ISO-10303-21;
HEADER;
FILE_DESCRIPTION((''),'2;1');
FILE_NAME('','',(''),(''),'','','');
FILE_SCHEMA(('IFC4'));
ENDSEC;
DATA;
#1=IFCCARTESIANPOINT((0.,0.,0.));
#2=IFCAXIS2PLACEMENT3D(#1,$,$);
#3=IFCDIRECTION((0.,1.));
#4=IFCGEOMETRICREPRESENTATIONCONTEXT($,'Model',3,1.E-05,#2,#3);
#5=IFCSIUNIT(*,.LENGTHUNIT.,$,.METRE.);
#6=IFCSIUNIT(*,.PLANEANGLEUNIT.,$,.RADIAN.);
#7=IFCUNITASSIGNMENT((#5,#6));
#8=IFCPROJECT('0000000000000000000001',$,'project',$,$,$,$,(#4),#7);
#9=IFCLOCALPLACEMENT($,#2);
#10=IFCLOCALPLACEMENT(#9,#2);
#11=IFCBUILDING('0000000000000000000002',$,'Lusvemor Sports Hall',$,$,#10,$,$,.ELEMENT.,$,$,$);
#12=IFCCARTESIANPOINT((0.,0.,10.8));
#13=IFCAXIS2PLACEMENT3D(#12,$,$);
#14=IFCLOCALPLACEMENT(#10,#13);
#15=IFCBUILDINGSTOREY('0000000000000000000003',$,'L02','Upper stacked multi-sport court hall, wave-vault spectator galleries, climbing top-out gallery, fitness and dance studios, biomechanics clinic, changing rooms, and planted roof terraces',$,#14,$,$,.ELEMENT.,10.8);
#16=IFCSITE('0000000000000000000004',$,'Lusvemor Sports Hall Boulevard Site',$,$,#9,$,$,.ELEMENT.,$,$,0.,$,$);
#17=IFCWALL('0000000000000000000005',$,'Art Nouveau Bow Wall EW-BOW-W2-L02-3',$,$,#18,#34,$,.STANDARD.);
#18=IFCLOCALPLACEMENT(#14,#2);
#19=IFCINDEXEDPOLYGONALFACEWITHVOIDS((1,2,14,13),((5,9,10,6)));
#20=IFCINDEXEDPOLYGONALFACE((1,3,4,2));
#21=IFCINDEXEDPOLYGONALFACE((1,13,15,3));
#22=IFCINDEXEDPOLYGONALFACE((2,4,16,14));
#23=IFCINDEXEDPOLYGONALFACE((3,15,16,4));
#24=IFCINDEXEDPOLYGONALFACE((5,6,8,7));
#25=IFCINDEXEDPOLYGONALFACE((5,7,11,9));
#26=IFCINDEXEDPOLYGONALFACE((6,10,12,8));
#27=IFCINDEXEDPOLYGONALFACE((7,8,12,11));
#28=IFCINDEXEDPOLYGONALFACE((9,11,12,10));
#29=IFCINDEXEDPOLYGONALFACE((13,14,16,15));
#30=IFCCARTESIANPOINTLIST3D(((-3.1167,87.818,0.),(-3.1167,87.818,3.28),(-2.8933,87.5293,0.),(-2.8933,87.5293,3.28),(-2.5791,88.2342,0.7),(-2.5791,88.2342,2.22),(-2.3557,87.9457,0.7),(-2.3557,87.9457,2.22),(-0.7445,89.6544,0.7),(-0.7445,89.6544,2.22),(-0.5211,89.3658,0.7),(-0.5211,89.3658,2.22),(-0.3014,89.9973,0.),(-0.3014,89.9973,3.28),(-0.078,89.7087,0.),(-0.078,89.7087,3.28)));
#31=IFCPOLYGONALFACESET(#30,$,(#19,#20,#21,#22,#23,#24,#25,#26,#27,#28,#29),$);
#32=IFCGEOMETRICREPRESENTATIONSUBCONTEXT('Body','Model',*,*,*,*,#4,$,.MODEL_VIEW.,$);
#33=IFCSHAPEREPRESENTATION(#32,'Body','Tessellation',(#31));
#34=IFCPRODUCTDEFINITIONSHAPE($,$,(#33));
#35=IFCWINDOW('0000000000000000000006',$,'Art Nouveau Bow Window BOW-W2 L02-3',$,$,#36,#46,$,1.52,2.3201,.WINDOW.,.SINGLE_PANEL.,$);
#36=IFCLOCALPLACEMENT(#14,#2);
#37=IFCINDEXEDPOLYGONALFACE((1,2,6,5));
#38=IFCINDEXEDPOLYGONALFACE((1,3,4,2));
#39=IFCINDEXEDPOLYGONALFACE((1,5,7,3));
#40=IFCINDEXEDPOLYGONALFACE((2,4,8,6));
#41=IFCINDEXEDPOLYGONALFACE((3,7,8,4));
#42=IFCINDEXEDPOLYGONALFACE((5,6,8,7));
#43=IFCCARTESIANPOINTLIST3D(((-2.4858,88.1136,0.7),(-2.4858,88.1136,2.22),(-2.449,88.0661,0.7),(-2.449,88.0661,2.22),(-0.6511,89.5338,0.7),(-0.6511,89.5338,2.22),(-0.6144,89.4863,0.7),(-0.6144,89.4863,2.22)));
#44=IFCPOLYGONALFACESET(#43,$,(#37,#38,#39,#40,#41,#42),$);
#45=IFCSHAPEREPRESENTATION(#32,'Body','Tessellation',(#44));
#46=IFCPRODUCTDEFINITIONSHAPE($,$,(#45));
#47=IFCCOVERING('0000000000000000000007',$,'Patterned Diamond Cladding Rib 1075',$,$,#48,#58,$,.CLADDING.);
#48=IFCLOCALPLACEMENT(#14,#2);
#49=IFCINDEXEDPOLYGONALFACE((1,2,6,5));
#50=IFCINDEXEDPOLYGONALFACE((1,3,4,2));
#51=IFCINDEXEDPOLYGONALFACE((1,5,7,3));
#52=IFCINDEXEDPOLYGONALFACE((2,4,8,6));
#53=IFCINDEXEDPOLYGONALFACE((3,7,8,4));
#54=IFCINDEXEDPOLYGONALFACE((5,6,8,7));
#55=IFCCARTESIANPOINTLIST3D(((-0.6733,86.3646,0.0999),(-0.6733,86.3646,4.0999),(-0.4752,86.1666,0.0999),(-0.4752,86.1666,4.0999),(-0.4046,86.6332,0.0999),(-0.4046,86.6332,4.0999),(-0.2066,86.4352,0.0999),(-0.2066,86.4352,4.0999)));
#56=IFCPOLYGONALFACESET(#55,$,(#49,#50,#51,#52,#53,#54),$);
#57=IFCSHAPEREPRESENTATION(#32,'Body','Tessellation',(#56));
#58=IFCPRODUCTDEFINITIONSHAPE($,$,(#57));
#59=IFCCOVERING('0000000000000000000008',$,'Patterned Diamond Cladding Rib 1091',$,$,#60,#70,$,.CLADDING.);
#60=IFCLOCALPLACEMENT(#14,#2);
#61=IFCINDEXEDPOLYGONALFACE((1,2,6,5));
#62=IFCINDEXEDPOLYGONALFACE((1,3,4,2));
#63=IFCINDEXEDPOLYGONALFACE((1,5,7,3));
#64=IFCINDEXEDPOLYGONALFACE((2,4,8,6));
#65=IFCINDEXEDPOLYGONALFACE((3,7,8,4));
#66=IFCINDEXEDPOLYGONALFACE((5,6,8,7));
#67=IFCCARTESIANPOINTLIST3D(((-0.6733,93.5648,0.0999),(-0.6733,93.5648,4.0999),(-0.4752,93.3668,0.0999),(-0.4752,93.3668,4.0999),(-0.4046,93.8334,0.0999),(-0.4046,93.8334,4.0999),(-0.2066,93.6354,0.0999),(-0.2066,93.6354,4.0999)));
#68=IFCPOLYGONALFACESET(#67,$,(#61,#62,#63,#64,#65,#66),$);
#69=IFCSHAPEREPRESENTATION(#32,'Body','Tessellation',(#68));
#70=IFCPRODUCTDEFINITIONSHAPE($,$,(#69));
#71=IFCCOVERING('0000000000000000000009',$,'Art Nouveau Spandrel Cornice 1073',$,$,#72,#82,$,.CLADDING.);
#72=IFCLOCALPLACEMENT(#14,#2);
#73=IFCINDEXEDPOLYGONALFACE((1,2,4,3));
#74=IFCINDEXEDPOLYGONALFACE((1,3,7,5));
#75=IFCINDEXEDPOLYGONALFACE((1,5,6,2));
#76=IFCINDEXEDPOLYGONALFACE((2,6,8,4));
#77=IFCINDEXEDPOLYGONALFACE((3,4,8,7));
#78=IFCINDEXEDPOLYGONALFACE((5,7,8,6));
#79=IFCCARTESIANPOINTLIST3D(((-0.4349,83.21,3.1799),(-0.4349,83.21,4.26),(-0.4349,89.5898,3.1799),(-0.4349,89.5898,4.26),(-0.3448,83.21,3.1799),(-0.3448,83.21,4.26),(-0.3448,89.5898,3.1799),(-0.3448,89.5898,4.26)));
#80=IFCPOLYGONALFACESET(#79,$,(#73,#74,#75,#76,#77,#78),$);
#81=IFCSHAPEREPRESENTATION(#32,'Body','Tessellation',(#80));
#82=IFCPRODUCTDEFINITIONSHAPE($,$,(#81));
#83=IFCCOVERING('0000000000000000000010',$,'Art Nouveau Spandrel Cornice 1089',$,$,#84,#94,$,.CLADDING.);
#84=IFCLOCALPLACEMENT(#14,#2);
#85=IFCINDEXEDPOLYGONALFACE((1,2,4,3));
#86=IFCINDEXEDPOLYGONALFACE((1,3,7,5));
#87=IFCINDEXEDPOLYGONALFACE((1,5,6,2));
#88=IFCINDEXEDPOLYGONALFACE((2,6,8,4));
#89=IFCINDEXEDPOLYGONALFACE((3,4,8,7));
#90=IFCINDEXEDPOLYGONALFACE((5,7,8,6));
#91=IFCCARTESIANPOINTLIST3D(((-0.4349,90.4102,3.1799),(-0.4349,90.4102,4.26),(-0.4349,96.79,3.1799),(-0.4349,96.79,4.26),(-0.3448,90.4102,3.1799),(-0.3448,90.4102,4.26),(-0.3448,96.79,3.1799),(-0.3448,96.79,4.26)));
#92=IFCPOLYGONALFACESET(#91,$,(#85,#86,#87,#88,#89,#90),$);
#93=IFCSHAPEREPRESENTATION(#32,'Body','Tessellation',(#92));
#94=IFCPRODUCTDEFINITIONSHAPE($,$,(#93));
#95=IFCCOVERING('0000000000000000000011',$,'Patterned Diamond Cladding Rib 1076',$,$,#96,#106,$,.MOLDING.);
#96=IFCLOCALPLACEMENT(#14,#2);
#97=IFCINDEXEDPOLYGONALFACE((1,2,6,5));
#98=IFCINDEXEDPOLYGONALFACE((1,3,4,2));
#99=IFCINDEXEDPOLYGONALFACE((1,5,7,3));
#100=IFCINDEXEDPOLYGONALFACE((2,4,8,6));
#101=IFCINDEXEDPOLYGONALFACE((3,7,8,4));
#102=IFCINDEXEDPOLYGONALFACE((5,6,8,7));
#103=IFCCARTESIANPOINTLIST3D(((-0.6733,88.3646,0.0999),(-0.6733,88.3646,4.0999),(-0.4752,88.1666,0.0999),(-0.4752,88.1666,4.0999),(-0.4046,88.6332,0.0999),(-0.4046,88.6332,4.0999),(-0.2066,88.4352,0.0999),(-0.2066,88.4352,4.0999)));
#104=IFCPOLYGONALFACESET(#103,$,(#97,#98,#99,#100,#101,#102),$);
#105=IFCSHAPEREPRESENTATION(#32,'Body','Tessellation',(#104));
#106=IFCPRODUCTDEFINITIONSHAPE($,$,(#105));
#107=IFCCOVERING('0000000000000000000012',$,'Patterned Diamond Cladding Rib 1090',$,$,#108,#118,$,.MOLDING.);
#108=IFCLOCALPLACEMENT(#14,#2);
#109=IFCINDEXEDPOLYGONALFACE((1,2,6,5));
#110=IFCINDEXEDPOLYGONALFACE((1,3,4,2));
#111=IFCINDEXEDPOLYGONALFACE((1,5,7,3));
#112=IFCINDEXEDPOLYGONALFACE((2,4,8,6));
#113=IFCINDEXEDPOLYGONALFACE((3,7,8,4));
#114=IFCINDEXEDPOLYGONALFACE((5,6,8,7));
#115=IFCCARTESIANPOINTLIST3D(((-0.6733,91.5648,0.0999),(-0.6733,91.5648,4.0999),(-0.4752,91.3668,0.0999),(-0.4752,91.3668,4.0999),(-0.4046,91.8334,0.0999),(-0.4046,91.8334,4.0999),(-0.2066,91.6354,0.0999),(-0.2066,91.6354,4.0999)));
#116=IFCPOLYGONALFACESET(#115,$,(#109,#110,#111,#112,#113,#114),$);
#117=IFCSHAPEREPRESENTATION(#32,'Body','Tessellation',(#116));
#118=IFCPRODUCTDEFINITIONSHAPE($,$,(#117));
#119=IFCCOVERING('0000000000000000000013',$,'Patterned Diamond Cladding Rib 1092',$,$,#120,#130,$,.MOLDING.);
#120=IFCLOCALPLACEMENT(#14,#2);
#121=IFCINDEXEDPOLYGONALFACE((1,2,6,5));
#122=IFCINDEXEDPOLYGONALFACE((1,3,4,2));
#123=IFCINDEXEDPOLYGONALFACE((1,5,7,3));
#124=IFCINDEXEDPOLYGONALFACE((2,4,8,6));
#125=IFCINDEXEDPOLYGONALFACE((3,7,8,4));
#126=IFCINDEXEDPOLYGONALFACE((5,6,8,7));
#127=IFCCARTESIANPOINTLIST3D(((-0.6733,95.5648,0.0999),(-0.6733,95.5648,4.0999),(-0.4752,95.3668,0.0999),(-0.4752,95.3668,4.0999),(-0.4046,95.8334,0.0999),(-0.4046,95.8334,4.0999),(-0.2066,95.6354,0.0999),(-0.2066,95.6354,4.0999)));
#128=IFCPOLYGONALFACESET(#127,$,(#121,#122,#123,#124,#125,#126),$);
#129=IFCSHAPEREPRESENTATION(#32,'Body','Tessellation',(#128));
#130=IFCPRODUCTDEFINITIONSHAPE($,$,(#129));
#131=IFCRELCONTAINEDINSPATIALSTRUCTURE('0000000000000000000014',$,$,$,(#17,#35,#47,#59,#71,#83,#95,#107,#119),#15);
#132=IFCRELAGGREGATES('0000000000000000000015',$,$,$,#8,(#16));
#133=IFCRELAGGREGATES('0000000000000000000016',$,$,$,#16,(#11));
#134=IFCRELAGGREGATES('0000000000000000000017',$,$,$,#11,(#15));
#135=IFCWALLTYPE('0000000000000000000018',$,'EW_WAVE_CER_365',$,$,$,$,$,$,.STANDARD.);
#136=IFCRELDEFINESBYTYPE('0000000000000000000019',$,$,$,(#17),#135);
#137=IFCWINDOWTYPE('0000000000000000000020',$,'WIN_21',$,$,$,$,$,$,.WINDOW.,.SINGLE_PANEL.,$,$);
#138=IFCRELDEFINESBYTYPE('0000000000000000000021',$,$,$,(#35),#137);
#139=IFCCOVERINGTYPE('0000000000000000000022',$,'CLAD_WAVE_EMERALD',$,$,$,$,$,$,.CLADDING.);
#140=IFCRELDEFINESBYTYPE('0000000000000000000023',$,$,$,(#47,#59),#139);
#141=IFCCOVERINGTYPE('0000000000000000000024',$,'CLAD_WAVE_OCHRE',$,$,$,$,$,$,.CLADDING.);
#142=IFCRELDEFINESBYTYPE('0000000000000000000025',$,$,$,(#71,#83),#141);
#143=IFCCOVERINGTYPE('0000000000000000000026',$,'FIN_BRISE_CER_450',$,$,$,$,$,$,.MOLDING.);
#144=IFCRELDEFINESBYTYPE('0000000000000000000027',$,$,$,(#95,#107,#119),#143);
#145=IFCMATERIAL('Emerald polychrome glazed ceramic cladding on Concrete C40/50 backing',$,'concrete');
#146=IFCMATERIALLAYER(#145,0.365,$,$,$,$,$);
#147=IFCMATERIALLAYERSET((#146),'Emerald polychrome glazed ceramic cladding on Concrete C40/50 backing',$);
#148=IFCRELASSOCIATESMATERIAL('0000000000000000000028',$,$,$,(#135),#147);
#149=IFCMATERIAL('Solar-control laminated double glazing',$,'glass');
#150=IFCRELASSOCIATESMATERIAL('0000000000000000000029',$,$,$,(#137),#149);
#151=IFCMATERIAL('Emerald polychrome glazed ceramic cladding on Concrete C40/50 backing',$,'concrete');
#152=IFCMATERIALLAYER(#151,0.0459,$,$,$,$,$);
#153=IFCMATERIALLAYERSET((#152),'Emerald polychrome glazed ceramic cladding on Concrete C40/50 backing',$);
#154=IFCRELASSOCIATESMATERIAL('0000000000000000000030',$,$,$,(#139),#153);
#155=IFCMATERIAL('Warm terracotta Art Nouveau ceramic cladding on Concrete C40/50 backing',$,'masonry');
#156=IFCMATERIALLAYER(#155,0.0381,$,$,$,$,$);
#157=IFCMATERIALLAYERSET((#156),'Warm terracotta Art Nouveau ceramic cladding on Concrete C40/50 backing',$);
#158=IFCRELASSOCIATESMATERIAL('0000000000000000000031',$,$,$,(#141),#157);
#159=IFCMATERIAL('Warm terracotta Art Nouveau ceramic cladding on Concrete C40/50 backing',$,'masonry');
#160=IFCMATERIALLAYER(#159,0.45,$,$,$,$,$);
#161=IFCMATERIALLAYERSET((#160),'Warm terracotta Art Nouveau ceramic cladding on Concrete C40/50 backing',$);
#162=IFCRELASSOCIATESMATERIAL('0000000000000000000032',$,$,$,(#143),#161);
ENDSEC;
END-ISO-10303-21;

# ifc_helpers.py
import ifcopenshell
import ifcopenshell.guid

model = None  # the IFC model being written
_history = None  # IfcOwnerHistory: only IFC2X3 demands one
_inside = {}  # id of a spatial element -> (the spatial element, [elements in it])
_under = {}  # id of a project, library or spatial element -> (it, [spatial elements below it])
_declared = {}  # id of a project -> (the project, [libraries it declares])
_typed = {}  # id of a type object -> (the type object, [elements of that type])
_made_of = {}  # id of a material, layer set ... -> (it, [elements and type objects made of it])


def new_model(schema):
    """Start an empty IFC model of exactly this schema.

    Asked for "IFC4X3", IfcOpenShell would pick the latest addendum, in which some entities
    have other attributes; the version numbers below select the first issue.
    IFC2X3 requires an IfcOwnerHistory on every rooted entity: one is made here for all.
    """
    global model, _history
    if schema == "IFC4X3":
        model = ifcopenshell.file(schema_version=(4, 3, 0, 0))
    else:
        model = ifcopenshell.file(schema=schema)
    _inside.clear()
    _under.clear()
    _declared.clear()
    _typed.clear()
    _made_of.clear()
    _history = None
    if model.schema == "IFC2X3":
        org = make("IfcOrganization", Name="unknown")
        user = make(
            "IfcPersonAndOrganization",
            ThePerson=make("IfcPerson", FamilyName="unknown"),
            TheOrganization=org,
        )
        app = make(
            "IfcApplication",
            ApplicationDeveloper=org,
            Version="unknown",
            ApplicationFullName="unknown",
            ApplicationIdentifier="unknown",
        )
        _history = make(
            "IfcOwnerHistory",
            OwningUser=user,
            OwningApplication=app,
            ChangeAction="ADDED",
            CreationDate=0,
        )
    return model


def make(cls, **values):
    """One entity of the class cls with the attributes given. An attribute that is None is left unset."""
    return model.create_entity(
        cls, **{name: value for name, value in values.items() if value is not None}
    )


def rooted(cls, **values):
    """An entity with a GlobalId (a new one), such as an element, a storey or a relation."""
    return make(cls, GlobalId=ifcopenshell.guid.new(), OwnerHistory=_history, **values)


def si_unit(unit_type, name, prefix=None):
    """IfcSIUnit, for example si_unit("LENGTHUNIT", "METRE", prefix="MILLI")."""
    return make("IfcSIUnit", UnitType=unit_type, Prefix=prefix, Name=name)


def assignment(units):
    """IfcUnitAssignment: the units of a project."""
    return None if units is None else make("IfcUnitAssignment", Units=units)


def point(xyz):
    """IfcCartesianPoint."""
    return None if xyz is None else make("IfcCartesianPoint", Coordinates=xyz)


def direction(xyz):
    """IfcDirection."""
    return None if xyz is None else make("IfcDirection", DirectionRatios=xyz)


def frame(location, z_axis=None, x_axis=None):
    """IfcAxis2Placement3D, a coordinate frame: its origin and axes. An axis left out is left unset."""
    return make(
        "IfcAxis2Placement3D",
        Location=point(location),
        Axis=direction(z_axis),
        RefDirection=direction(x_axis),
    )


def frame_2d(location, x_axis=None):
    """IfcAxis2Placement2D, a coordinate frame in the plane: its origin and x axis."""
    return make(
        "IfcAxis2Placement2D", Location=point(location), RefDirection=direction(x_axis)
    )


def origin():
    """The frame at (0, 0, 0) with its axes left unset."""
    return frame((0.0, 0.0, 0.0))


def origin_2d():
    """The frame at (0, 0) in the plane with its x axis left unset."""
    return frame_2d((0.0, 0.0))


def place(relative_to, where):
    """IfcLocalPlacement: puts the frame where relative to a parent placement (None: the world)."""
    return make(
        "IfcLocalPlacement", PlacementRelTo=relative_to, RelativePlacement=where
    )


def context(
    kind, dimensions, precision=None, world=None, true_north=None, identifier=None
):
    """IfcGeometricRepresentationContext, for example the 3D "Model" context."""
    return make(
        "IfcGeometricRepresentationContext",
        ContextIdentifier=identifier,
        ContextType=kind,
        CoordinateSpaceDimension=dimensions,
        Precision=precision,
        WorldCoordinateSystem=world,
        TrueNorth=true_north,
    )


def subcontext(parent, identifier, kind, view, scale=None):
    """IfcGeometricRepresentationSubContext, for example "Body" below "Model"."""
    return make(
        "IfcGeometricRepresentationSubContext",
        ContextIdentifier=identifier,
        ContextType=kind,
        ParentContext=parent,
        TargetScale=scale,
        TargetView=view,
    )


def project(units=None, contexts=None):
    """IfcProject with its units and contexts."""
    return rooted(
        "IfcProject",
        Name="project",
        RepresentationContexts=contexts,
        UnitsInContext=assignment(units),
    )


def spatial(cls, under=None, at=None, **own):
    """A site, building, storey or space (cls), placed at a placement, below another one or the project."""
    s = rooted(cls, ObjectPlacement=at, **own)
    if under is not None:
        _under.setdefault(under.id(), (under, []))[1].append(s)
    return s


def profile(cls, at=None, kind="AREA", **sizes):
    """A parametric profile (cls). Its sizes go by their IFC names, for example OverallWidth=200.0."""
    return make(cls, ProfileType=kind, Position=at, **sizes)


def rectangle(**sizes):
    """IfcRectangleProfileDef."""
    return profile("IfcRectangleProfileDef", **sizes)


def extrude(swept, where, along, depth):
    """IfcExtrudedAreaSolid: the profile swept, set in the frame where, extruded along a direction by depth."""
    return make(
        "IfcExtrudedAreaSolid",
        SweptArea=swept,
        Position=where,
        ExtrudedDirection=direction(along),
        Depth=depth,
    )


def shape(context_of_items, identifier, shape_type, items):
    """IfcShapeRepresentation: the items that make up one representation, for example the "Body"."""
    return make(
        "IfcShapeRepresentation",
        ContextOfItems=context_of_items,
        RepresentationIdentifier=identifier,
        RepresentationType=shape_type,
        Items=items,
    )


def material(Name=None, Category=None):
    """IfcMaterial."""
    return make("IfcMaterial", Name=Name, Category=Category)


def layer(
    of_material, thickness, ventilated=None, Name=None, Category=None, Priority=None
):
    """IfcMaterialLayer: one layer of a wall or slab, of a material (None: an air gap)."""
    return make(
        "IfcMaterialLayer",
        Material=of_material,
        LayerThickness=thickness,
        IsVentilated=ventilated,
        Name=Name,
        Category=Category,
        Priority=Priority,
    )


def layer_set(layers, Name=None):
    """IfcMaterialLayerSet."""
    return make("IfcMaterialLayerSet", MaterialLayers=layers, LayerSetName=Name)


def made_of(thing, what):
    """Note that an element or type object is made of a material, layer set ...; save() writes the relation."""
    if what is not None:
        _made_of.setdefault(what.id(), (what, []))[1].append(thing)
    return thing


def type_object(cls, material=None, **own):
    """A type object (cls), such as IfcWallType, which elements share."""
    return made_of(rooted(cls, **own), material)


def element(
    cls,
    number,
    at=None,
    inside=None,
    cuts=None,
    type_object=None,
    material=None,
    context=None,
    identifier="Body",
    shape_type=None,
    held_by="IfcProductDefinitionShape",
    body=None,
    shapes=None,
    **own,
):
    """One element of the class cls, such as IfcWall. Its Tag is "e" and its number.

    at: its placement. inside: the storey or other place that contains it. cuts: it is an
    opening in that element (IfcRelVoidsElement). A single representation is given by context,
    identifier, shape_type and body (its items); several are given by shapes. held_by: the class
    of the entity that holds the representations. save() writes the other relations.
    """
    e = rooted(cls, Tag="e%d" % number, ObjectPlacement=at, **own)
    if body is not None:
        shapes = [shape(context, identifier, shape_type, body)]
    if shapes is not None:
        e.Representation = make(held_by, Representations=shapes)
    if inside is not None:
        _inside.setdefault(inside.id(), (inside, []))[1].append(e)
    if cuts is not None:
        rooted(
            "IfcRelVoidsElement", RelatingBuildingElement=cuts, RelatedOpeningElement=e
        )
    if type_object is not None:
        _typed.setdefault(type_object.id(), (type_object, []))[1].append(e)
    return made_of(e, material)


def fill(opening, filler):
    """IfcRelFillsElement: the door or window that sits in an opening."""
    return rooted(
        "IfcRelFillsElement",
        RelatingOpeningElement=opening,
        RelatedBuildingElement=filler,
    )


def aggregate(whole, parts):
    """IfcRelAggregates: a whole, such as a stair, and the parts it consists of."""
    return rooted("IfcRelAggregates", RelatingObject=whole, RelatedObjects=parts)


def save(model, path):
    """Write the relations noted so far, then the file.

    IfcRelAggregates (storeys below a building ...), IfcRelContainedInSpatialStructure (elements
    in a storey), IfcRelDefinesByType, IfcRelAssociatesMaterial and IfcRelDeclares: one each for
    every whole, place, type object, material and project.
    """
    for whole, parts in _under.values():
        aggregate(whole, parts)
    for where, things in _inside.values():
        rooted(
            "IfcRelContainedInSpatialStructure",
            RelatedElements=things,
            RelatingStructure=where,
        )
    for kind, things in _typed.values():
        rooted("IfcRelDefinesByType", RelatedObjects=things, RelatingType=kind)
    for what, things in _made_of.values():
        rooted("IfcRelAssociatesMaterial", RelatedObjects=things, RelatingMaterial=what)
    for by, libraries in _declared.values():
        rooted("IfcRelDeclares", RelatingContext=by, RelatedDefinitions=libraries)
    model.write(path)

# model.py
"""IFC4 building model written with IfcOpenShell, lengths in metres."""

from ifc_helpers import new_model, si_unit, direction, frame, frame_2d, origin, origin_2d, place, context, subcontext, project, spatial, rectangle, extrude, material, layer, layer_set, type_object, element, fill, save


model = new_model("IFC4")

# Units and contexts
model_context = context("Model", 3, precision=1e-05, world=origin(), true_north=direction((0.0, 1.0)))
body_context = subcontext(model_context, "Body", "Model", "MODEL_VIEW")
ifc_project = project(units=[si_unit("LENGTHUNIT", "METRE"), si_unit("PLANEANGLEUNIT", "RADIAN")], contexts=[model_context])

# Site, building, storey
site_placement = place(None, origin())
site = spatial("IfcSite", under=ifc_project, at=site_placement, Name="Lusvemor Sports Hall Boulevard Site", CompositionType="ELEMENT", RefElevation=0.0)
building_placement = place(site_placement, origin())
building = spatial("IfcBuilding", under=site, at=building_placement, Name="Lusvemor Sports Hall", CompositionType="ELEMENT")
storey_placement = place(building_placement, frame((0.0, 0.0, 10.8)))
storey = spatial("IfcBuildingStorey", under=building, at=storey_placement, Name="L02", Description="Upper stacked multi-sport court hall, wave-vault spectator galleries, climbing top-out gallery, fitness and dance studios, biomechanics clinic, changing rooms, and planted roof terraces", CompositionType="ELEMENT", Elevation=10.8)

# Wall, opening, window
ifc_material_1 = material(Name="Emerald polychrome glazed ceramic cladding on Concrete C40/50 backing", Category="concrete")
ifc_layer_1 = layer(ifc_material_1, 0.365)
ifc_layer_set_1 = layer_set([ifc_layer_1], Name="Emerald polychrome glazed ceramic cladding on Concrete C40/50 backing")
wall_type = type_object("IfcWallType", Name="EW_WAVE_CER_365", PredefinedType="STANDARD", material=ifc_layer_set_1)
wall_placement = place(storey_placement, frame((-3.0051, 87.6736, 0.0), z_axis=(0.0, 0.0, 1.0), x_axis=(0.790757, 0.61213, 0.0)))
wall = element("IfcWall", 1, at=wall_placement, inside=storey, type_object=wall_type, Name="Art Nouveau Bow Wall EW-BOW-W2-L02-3", PredefinedType="STANDARD", context=body_context, shape_type="SweptSolid", body=[
    extrude(rectangle(XDim=3.5603, YDim=0.365, at=frame_2d((1.7803, 0.0))), origin(), (0.0, 0.0, 1.0), 3.28),
])
opening_placement = place(wall_placement, frame((0.6799, 0.0, 0.7)))
opening = element("IfcOpeningElement", 2, at=opening_placement, cuts=wall, PredefinedType="OPENING", context=body_context, shape_type="SweptSolid", body=[
    extrude(rectangle(XDim=2.3201, YDim=1.52, at=frame_2d((1.1602, 0.76))), frame((0.0, 0.1826, 0.0), z_axis=(0.0, -1.0, 0.0), x_axis=(1.0, 0.0, 0.0)), (0.0, 0.0, 1.0), 0.365),
])
ifc_material_2 = material(Name="Solar-control laminated double glazing", Category="glass")
window_type = type_object("IfcWindowType", Name="WIN_21", PartitioningType="SINGLE_PANEL", PredefinedType="WINDOW", material=ifc_material_2)
window_placement = place(opening_placement, origin())
window = element("IfcWindow", 3, at=window_placement, inside=storey, type_object=window_type, Name="Art Nouveau Bow Window BOW-W2 L02-3", OverallHeight=1.52, OverallWidth=2.3201, PartitioningType="SINGLE_PANEL", PredefinedType="WINDOW", context=body_context, shape_type="SweptSolid", body=[
    extrude(rectangle(XDim=2.3201, YDim=1.52, at=frame_2d((1.1602, 0.76))), frame((0.0, 0.03, 0.0), z_axis=(0.0, -1.0, 0.0), x_axis=(1.0, 0.0, 0.0)), (0.0, 0.0, 1.0), 0.0601),
])
fill(opening, window)

# Coverings
ifc_material_3 = material(Name="Emerald polychrome glazed ceramic cladding on Concrete C40/50 backing", Category="concrete")
ifc_layer_2 = layer(ifc_material_3, 0.0459)
ifc_layer_set_2 = layer_set([ifc_layer_2], Name="Emerald polychrome glazed ceramic cladding on Concrete C40/50 backing")
covering_type_1 = type_object("IfcCoveringType", Name="CLAD_WAVE_EMERALD", PredefinedType="CLADDING", material=ifc_layer_set_2)
for number, where, z_axis, x_axis, name in (
    (4, (-0.4399, 86.3999, 0.0999), (0.0, 0.0, 1.0), (0.707107, 0.707107, 0.0), "Patterned Diamond Cladding Rib 1075"),
    (5, (-0.4399, 93.6001, 0.0999), (0.0, 0.0, 1.0), (0.707107, 0.707107, 0.0), "Patterned Diamond Cladding Rib 1091"),
):
    element("IfcCovering", number, at=place(storey_placement, frame(where, z_axis=z_axis, x_axis=x_axis)), inside=storey, type_object=covering_type_1, Name=name, PredefinedType="CLADDING", context=body_context, shape_type="SweptSolid", body=[
        extrude(rectangle(XDim=0.3799, YDim=0.28, at=origin_2d()), origin(), (0.0, 0.0, 1.0), 4.0),
    ])
ifc_material_4 = material(Name="Warm terracotta Art Nouveau ceramic cladding on Concrete C40/50 backing", Category="masonry")
ifc_layer_3 = layer(ifc_material_4, 0.0381)
ifc_layer_set_3 = layer_set([ifc_layer_3], Name="Warm terracotta Art Nouveau ceramic cladding on Concrete C40/50 backing")
covering_type_2 = type_object("IfcCoveringType", Name="CLAD_WAVE_OCHRE", PredefinedType="CLADDING", material=ifc_layer_set_3)
for number, where, z_axis, x_axis, name in (
    (6, (-0.3899, 86.3999, 3.1799), (0.0, 0.0, 1.0), (1.0, 0.0, 0.0), "Art Nouveau Spandrel Cornice 1073"),
    (7, (-0.3899, 93.6001, 3.1799), (0.0, 0.0, 1.0), (1.0, 0.0, 0.0), "Art Nouveau Spandrel Cornice 1089"),
):
    element("IfcCovering", number, at=place(storey_placement, frame(where, z_axis=z_axis, x_axis=x_axis)), inside=storey, type_object=covering_type_2, Name=name, PredefinedType="CLADDING", context=body_context, shape_type="SweptSolid", body=[
        extrude(rectangle(XDim=0.0901, YDim=6.3799, at=origin_2d()), origin(), (0.0, 0.0, 1.0), 1.0801),
    ])
ifc_material_5 = material(Name="Warm terracotta Art Nouveau ceramic cladding on Concrete C40/50 backing", Category="masonry")
ifc_layer_4 = layer(ifc_material_5, 0.45)
ifc_layer_set_4 = layer_set([ifc_layer_4], Name="Warm terracotta Art Nouveau ceramic cladding on Concrete C40/50 backing")
covering_type_3 = type_object("IfcCoveringType", Name="FIN_BRISE_CER_450", PredefinedType="MOLDING", material=ifc_layer_set_4)
for number, where, z_axis, x_axis, name in (
    (8, (-0.4399, 88.3999, 0.0999), (0.0, 0.0, 1.0), (0.707107, 0.707107, 0.0), "Patterned Diamond Cladding Rib 1076"),
    (9, (-0.4399, 91.6001, 0.0999), (0.0, 0.0, 1.0), (0.707107, 0.707107, 0.0), "Patterned Diamond Cladding Rib 1090"),
    (10, (-0.4399, 95.6001, 0.0999), (0.0, 0.0, 1.0), (0.707107, 0.707107, 0.0), "Patterned Diamond Cladding Rib 1092"),
):
    element("IfcCovering", number, at=place(storey_placement, frame(where, z_axis=z_axis, x_axis=x_axis)), inside=storey, type_object=covering_type_3, Name=name, PredefinedType="MOLDING", context=body_context, shape_type="SweptSolid", body=[
        extrude(rectangle(XDim=0.3799, YDim=0.28, at=origin_2d()), origin(), (0.0, 0.0, 1.0), 4.0),
    ])

save(model, "model.ifc")
